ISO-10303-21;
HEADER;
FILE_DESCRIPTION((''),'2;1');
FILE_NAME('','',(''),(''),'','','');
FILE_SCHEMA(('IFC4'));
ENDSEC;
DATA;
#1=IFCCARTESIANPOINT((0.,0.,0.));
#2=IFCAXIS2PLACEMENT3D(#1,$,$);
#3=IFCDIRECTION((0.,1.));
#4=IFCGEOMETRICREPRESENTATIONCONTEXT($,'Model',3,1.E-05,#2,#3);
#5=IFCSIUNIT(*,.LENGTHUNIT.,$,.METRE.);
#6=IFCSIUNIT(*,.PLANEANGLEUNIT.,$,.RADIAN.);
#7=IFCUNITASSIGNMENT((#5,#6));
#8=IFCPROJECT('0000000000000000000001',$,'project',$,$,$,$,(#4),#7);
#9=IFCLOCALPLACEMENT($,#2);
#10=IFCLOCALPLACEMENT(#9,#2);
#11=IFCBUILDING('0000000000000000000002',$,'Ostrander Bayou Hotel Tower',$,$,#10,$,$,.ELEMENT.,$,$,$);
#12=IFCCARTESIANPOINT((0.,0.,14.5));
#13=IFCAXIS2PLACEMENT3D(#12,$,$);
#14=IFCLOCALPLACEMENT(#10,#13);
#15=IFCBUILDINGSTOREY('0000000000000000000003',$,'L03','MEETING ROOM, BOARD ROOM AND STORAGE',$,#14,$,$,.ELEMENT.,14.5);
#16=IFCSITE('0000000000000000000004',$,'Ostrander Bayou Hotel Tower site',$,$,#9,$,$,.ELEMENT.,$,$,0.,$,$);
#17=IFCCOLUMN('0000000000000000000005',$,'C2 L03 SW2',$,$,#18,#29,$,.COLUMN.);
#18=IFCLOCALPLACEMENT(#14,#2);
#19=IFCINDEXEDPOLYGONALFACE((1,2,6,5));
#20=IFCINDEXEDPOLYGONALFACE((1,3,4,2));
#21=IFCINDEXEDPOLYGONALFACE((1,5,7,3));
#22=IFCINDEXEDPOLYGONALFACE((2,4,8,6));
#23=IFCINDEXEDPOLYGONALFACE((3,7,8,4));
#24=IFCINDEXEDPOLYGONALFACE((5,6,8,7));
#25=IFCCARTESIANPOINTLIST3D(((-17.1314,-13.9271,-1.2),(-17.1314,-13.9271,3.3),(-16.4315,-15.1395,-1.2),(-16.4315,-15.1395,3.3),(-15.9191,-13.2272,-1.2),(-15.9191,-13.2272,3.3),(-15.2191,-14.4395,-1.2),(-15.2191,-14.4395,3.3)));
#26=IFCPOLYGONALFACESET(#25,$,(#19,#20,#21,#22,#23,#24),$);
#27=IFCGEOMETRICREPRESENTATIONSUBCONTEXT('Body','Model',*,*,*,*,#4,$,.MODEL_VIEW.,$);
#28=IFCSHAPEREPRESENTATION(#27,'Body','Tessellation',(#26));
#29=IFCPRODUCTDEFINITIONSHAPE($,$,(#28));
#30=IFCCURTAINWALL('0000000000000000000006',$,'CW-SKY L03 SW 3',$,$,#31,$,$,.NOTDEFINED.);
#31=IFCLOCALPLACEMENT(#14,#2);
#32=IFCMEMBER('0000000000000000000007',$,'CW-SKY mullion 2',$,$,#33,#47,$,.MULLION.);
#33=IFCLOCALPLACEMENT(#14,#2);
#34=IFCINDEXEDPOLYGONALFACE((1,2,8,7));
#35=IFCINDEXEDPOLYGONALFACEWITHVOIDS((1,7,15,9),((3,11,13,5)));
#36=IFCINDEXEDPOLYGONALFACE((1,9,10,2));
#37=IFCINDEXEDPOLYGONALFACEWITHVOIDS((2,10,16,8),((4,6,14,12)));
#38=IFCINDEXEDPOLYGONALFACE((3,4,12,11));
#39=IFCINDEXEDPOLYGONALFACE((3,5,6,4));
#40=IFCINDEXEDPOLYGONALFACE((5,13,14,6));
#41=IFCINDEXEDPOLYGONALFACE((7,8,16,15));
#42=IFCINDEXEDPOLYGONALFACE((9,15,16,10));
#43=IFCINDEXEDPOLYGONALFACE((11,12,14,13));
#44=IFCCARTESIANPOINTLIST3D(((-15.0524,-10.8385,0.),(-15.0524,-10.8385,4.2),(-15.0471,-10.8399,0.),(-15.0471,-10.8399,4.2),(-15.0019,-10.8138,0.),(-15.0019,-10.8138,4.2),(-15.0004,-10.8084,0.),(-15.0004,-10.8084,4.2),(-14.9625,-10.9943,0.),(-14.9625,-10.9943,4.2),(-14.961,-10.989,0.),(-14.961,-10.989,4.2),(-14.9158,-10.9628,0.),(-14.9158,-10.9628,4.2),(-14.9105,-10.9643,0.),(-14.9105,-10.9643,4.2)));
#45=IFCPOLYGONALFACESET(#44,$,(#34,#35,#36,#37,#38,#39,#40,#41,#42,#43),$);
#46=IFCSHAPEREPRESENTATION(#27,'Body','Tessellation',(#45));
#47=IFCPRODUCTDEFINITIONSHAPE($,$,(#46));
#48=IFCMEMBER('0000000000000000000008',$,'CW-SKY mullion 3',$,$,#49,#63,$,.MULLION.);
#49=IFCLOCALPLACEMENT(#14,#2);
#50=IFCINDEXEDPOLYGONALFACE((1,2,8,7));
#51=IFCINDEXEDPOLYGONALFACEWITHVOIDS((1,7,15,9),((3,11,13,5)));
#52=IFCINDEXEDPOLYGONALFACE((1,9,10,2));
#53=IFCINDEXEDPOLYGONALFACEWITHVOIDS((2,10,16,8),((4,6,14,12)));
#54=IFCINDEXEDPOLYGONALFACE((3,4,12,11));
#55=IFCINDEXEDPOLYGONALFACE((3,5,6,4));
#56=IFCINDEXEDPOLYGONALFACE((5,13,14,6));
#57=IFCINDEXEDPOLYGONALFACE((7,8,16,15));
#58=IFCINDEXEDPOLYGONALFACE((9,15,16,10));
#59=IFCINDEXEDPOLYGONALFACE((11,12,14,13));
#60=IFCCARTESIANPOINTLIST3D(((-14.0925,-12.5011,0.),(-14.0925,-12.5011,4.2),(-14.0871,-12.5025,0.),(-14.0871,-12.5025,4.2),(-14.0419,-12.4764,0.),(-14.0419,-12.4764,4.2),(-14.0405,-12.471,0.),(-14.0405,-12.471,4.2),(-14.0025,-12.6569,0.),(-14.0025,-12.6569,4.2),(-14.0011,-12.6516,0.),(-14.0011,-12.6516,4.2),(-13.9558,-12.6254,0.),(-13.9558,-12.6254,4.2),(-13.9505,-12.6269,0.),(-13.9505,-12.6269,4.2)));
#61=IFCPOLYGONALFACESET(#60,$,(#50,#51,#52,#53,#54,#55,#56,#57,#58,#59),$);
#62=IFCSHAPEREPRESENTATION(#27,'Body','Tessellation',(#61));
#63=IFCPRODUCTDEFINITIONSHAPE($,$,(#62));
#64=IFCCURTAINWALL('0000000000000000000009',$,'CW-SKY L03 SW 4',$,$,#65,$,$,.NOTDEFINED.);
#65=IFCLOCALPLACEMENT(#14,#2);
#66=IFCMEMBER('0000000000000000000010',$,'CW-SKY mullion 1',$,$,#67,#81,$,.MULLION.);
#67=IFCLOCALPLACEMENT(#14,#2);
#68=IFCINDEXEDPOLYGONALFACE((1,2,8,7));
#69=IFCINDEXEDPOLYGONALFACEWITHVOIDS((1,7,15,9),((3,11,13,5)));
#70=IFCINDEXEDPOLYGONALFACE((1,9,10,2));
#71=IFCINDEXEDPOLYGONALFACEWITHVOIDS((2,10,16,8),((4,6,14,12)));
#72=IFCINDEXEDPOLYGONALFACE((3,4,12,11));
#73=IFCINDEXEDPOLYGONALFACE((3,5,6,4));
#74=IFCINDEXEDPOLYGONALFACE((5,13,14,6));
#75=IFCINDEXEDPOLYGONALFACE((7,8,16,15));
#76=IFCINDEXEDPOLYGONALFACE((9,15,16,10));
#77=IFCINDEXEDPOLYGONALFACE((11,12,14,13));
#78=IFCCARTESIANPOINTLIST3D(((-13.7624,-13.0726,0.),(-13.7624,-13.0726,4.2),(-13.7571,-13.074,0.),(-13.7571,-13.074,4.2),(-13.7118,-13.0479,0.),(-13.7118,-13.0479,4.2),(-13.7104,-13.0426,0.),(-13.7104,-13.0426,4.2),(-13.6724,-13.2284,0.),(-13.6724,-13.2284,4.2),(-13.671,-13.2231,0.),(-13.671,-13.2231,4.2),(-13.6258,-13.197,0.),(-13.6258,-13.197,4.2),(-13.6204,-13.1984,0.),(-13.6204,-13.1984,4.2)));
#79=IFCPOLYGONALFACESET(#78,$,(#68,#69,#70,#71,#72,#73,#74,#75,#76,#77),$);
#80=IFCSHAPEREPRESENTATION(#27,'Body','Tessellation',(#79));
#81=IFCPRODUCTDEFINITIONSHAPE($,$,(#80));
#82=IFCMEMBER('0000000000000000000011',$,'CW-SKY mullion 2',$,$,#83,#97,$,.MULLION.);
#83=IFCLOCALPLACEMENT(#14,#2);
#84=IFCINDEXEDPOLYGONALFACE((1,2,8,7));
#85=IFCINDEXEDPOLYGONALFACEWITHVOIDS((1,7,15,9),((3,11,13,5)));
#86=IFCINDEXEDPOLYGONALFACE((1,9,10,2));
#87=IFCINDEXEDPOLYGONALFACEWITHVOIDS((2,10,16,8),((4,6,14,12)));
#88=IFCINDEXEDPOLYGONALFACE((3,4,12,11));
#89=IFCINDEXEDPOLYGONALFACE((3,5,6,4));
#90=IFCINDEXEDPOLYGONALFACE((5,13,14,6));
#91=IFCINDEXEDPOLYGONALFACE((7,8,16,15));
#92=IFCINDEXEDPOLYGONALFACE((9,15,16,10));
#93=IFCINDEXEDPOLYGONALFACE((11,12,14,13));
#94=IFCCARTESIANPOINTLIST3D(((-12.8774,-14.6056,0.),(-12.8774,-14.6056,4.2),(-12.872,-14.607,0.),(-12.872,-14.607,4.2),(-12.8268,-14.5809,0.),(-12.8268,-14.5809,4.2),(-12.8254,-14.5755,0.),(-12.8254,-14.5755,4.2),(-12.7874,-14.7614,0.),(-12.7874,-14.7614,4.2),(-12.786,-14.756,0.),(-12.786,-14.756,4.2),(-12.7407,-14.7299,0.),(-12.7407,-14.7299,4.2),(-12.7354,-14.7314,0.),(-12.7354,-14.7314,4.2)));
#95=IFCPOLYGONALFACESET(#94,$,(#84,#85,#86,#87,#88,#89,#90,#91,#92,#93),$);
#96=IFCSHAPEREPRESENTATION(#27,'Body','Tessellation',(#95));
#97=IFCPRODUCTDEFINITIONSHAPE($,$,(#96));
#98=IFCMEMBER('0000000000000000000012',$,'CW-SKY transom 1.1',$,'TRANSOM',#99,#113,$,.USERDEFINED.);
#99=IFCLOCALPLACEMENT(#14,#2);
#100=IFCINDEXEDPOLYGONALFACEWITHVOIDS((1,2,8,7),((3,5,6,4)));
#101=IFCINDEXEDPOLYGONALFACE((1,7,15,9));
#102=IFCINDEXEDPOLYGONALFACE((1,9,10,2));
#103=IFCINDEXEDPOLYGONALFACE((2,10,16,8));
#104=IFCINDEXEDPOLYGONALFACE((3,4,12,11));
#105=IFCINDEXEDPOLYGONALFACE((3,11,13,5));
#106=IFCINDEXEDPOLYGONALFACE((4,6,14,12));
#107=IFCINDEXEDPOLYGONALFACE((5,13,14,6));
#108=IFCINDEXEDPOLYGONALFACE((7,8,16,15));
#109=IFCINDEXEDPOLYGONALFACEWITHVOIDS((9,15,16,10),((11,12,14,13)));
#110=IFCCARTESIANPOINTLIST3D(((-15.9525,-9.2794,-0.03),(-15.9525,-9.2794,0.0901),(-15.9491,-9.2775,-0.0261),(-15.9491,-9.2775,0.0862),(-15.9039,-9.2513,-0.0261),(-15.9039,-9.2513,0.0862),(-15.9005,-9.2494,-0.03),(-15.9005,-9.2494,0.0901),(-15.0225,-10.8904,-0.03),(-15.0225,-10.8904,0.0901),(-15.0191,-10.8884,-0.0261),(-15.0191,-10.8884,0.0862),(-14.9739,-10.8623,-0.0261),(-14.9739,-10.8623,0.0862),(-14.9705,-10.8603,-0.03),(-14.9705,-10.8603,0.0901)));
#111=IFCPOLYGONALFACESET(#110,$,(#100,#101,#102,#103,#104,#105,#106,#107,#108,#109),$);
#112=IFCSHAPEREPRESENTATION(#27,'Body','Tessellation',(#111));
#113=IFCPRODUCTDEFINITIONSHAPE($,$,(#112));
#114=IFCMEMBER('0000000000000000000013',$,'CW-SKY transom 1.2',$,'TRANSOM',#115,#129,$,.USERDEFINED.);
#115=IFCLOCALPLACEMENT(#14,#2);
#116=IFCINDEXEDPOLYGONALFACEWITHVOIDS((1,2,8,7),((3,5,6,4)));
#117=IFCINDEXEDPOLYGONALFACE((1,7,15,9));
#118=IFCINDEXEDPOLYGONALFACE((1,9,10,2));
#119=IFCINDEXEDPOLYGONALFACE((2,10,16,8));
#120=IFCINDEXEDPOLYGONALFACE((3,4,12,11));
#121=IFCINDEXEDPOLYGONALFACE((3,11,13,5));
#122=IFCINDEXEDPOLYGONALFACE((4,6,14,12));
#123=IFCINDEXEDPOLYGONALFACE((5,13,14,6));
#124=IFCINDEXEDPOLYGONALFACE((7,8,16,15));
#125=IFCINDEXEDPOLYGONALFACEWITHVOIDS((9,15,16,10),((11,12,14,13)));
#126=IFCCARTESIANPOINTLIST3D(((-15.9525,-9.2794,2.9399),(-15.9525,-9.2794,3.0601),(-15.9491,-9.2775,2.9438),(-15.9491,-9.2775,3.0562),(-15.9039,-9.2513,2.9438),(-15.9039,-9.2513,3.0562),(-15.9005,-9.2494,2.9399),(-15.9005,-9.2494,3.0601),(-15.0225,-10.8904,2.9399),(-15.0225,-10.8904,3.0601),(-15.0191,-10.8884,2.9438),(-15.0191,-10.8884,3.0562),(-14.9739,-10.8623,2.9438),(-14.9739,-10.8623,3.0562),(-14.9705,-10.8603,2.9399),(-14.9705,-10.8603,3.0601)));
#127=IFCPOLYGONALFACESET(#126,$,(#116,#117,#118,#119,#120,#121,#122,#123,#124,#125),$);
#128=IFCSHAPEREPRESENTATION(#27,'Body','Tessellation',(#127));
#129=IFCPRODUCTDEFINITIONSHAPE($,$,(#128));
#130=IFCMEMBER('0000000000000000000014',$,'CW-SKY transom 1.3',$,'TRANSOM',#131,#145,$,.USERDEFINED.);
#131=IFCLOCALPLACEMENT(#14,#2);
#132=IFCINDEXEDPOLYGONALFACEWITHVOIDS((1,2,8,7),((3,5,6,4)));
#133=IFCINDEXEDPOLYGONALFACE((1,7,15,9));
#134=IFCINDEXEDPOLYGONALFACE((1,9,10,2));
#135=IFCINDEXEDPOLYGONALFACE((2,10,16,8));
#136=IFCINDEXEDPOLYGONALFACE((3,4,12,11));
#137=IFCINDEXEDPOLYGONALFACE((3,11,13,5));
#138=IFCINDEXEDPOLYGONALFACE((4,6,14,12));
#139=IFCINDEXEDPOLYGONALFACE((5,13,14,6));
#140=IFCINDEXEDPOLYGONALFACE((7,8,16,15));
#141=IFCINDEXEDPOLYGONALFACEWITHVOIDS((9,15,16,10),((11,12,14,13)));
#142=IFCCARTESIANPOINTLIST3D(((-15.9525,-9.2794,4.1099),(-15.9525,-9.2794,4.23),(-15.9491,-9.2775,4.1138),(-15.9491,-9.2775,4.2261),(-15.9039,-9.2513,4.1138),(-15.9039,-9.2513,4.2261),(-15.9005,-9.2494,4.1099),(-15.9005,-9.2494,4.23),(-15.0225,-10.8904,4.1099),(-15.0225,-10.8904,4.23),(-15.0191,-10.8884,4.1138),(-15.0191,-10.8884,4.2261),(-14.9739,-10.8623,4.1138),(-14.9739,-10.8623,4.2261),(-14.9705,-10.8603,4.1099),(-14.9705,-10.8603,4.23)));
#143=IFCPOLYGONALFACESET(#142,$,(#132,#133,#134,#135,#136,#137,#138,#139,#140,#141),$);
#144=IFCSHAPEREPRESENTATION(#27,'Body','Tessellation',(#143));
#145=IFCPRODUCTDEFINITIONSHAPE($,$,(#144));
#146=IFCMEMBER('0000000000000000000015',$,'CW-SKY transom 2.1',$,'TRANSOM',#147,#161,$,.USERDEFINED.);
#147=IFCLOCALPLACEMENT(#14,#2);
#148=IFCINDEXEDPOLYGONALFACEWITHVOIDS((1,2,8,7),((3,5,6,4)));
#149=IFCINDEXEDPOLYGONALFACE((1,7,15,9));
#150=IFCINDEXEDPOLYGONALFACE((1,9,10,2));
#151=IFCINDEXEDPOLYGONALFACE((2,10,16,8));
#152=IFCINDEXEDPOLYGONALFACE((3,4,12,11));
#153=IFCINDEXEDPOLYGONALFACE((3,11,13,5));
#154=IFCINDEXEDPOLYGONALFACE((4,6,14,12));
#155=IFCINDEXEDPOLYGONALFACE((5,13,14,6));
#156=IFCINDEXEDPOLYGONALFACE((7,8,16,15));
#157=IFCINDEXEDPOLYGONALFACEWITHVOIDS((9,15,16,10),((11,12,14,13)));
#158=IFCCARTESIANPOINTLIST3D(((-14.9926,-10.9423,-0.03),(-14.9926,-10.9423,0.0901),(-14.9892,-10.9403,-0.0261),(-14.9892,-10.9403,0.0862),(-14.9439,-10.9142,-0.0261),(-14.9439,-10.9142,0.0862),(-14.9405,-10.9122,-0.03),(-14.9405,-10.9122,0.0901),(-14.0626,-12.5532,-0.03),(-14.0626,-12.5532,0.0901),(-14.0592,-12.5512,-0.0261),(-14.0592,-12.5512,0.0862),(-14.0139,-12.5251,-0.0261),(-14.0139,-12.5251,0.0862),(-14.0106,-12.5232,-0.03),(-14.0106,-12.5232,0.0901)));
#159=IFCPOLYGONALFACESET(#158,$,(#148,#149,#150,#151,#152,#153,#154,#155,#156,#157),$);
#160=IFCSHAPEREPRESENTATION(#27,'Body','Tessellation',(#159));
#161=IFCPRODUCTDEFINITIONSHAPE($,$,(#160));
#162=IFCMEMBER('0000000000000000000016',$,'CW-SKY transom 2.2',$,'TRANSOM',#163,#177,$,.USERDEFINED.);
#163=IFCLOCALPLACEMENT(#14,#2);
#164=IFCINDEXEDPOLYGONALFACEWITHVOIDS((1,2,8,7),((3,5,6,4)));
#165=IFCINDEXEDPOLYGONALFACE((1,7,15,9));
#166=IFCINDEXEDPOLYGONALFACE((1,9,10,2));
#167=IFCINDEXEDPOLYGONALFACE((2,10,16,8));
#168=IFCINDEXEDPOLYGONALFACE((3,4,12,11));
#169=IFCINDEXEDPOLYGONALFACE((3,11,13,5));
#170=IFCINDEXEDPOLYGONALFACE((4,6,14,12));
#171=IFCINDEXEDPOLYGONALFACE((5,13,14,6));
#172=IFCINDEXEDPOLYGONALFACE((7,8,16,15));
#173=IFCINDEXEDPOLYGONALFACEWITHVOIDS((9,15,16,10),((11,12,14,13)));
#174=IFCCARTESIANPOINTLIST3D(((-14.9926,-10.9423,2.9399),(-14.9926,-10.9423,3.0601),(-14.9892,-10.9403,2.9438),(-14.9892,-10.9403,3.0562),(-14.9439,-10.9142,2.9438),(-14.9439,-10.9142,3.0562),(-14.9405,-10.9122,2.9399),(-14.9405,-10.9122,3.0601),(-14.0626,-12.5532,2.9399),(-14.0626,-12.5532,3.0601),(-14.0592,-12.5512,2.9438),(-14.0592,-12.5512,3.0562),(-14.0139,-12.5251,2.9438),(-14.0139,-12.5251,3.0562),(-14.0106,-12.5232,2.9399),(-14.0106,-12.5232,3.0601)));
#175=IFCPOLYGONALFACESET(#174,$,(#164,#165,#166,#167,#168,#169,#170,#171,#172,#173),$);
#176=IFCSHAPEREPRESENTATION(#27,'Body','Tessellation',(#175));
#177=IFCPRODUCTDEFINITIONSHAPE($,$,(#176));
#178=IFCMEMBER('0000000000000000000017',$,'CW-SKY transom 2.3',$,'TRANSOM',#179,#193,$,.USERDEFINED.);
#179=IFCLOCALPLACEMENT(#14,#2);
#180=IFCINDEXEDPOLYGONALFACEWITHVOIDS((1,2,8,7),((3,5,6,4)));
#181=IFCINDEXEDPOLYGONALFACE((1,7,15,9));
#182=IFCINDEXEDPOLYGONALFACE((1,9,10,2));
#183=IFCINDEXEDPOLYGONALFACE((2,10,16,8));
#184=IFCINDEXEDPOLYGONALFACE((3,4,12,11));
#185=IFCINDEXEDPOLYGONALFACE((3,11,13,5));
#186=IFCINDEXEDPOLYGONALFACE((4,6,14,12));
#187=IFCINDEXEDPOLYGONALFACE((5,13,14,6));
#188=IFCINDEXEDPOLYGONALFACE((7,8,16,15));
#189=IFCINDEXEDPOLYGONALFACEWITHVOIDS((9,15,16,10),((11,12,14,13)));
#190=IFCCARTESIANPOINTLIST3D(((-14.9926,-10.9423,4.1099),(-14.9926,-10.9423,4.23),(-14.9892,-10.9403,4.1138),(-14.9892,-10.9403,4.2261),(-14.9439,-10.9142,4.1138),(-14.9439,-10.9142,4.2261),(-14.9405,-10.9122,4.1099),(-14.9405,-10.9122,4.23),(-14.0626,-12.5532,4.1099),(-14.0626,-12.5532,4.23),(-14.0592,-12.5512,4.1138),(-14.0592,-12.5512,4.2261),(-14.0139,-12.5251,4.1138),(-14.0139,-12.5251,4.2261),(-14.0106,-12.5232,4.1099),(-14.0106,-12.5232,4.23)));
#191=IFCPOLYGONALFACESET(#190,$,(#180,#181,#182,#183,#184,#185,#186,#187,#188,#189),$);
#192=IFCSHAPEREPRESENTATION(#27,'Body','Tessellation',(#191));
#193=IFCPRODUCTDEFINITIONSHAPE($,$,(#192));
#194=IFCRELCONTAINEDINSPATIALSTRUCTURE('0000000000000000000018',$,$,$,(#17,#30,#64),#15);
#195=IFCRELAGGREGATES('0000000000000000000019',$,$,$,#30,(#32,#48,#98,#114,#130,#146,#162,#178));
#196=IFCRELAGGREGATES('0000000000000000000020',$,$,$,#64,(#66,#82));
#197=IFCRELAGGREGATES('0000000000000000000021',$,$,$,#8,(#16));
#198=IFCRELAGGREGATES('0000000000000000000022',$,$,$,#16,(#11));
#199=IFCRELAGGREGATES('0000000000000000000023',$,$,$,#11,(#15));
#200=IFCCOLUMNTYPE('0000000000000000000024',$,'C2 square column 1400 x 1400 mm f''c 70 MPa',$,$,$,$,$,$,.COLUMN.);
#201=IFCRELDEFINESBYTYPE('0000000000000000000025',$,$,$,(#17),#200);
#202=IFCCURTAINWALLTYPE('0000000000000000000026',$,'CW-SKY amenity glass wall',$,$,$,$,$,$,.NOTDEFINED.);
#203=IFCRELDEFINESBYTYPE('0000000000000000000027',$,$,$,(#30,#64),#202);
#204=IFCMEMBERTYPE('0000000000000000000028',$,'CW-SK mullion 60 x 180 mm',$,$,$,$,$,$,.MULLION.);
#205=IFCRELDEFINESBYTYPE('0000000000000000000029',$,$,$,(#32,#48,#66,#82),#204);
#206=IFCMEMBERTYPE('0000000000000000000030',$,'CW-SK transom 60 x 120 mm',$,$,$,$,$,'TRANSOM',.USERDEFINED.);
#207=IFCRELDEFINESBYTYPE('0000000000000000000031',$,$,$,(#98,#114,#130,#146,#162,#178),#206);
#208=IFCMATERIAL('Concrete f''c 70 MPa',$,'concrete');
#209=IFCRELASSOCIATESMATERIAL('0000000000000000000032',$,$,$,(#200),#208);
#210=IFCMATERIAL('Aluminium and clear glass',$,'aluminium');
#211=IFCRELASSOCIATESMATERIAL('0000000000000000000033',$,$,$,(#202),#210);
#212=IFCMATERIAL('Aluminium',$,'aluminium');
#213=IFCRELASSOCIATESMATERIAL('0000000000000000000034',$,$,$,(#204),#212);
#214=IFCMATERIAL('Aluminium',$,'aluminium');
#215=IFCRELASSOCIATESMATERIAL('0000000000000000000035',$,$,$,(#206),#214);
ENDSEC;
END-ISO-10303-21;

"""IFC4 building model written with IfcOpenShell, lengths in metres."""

from ifc_helpers import new_model, si_unit, direction, frame, origin, origin_2d, place, context, subcontext, project, spatial, rectangle, hollow_rectangle, extrude, material, material_profile, profile_set, type_object, element, aggregate, save


model = new_model("IFC4")

# Units and contexts
model_context = context("Model", 3, precision=1e-05, world=origin(), true_north=direction((0.0, 1.0)))
body_context = subcontext(model_context, "Body", "Model", "MODEL_VIEW")
ifc_project = project(units=[si_unit("LENGTHUNIT", "METRE"), si_unit("PLANEANGLEUNIT", "RADIAN")], contexts=[model_context])

# Site, building, storey
site_placement = place(None, origin())
site = spatial("IfcSite", under=ifc_project, at=site_placement, Name="Ostrander Bayou Hotel Tower site", CompositionType="ELEMENT", RefElevation=0.0)
building_placement = place(site_placement, origin())
building = spatial("IfcBuilding", under=site, at=building_placement, Name="Ostrander Bayou Hotel Tower", CompositionType="ELEMENT")
storey_placement = place(building_placement, frame((0.0, 0.0, 14.5)))
storey = spatial("IfcBuildingStorey", under=building, at=storey_placement, Name="L03", Description="MEETING ROOM, BOARD ROOM AND STORAGE", CompositionType="ELEMENT", Elevation=14.5)

# Column
ifc_material_1 = material(Name="Concrete f'c 70 MPa", Category="concrete")
ifc_material_profile_1 = material_profile(ifc_material_1, rectangle(XDim=1.3999, YDim=1.3999, at=origin_2d()))
ifc_profile_set_1 = profile_set([ifc_material_profile_1], Name="Concrete f'c 70 MPa")
column_type = type_object("IfcColumnType", Name="C2 square column 1400 x 1400 mm f'c 70 MPa", PredefinedType="COLUMN", material=ifc_profile_set_1)
column_placement = place(storey_placement, frame((-16.1753, -14.1833, -1.2), z_axis=(0.0, 0.0, 1.0), x_axis=(-0.5, 0.866025, 0.0)))
element("IfcColumn", 1, at=column_placement, inside=storey, type_object=column_type, Name="C2 L03 SW2", PredefinedType="COLUMN", context=body_context, shape_type="SweptSolid", body=[
    extrude(rectangle(XDim=1.3999, YDim=1.3999, at=origin_2d()), origin(), (0.0, 0.0, 1.0), 4.5),
])

# Curtain walls, members
ifc_material_2 = material(Name="Aluminium and clear glass", Category="aluminium")
curtain_wall_type = type_object("IfcCurtainWallType", Name="CW-SKY amenity glass wall", PredefinedType="NOTDEFINED", material=ifc_material_2)
curtain_wall_1_placement = place(storey_placement, origin())
curtain_wall_1 = element("IfcCurtainWall", 2, at=curtain_wall_1_placement, inside=storey, type_object=curtain_wall_type, Name="CW-SKY L03 SW 3", PredefinedType="NOTDEFINED")
ifc_material_3 = material(Name="Aluminium", Category="aluminium")
ifc_material_profile_2 = material_profile(ifc_material_3, hollow_rectangle(XDim=0.0601, YDim=0.1799, WallThickness=0.0039, at=origin_2d()))
ifc_profile_set_2 = profile_set([ifc_material_profile_2], Name="Aluminium")
member_type_1 = type_object("IfcMemberType", Name="CW-SK mullion 60 x 180 mm", PredefinedType="MULLION", material=ifc_profile_set_2)
member_1_placement = place(storey_placement, frame((-14.9814, -10.9014, 0.0), z_axis=(0.0, 0.0, 1.0), x_axis=(0.866025, 0.5, 0.0)))
member_1 = element("IfcMember", 3, at=member_1_placement, type_object=member_type_1, Name="CW-SKY mullion 2", PredefinedType="MULLION", context=body_context, shape_type="SweptSolid", body=[
    extrude(hollow_rectangle(XDim=0.0601, YDim=0.1799, WallThickness=0.0039, at=origin_2d()), origin(), (0.0, 0.0, 1.0), 4.2),
])
member_2_placement = place(storey_placement, frame((-14.0215, -12.564, 0.0), z_axis=(0.0, 0.0, 1.0), x_axis=(0.866025, 0.5, 0.0)))
member_2 = element("IfcMember", 4, at=member_2_placement, type_object=member_type_1, Name="CW-SKY mullion 3", PredefinedType="MULLION", context=body_context, shape_type="SweptSolid", body=[
    extrude(hollow_rectangle(XDim=0.0601, YDim=0.1799, WallThickness=0.0039, at=origin_2d()), origin(), (0.0, 0.0, 1.0), 4.2),
])
curtain_wall_2_placement = place(storey_placement, origin())
curtain_wall_2 = element("IfcCurtainWall", 5, at=curtain_wall_2_placement, inside=storey, type_object=curtain_wall_type, Name="CW-SKY L03 SW 4", PredefinedType="NOTDEFINED")
member_3_placement = place(storey_placement, frame((-13.6914, -13.1355, 0.0), z_axis=(0.0, 0.0, 1.0), x_axis=(0.866026, 0.499999, 0.0)))
member_3 = element("IfcMember", 6, at=member_3_placement, type_object=member_type_1, Name="CW-SKY mullion 1", PredefinedType="MULLION", context=body_context, shape_type="SweptSolid", body=[
    extrude(hollow_rectangle(XDim=0.0601, YDim=0.1799, WallThickness=0.0039, at=origin_2d()), origin(), (0.0, 0.0, 1.0), 4.2),
])
member_4_placement = place(storey_placement, frame((-12.8064, -14.6685, 0.0), z_axis=(0.0, 0.0, 1.0), x_axis=(0.866026, 0.499999, 0.0)))
member_4 = element("IfcMember", 7, at=member_4_placement, type_object=member_type_1, Name="CW-SKY mullion 2", PredefinedType="MULLION", context=body_context, shape_type="SweptSolid", body=[
    extrude(hollow_rectangle(XDim=0.0601, YDim=0.1799, WallThickness=0.0039, at=origin_2d()), origin(), (0.0, 0.0, 1.0), 4.2),
])

# Members
ifc_material_4 = material(Name="Aluminium", Category="aluminium")
ifc_material_profile_3 = material_profile(ifc_material_4, hollow_rectangle(XDim=0.0601, YDim=0.1201, WallThickness=0.0039, at=origin_2d()))
ifc_profile_set_3 = profile_set([ifc_material_profile_3], Name="Aluminium")
member_type_2 = type_object("IfcMemberType", Name="CW-SK transom 60 x 120 mm", ElementType="TRANSOM", PredefinedType="USERDEFINED", material=ifc_profile_set_3)
member_5_placement = place(storey_placement, frame((-15.9265, -9.2644, 0.03), z_axis=(0.499965, -0.866046, 0.0), x_axis=(0.866046, 0.499965, 0.0)))
member_5 = element("IfcMember", 8, at=member_5_placement, type_object=member_type_2, Name="CW-SKY transom 1.1", ObjectType="TRANSOM", PredefinedType="USERDEFINED", context=body_context, shape_type="SweptSolid", body=[
    extrude(hollow_rectangle(XDim=0.0601, YDim=0.1201, WallThickness=0.0039, at=origin_2d()), origin(), (0.0, 0.0, 1.0), 1.8601),
])
member_6_placement = place(storey_placement, frame((-15.9265, -9.2644, 3.0), z_axis=(0.499965, -0.866046, 0.0), x_axis=(0.866046, 0.499965, 0.0)))
member_6 = element("IfcMember", 9, at=member_6_placement, type_object=member_type_2, Name="CW-SKY transom 1.2", ObjectType="TRANSOM", PredefinedType="USERDEFINED", context=body_context, shape_type="SweptSolid", body=[
    extrude(hollow_rectangle(XDim=0.0601, YDim=0.1201, WallThickness=0.0039, at=origin_2d()), origin(), (0.0, 0.0, 1.0), 1.8601),
])
member_7_placement = place(storey_placement, frame((-15.9265, -9.2644, 4.1699), z_axis=(0.499965, -0.866046, 0.0), x_axis=(0.866046, 0.499965, 0.0)))
member_7 = element("IfcMember", 10, at=member_7_placement, type_object=member_type_2, Name="CW-SKY transom 1.3", ObjectType="TRANSOM", PredefinedType="USERDEFINED", context=body_context, shape_type="SweptSolid", body=[
    extrude(hollow_rectangle(XDim=0.0601, YDim=0.1201, WallThickness=0.0039, at=origin_2d()), origin(), (0.0, 0.0, 1.0), 1.8601),
])
member_8_placement = place(storey_placement, frame((-14.9666, -10.9272, 0.03), z_axis=(0.499965, -0.866046, 0.0), x_axis=(0.866046, 0.499965, 0.0)))
member_8 = element("IfcMember", 11, at=member_8_placement, type_object=member_type_2, Name="CW-SKY transom 2.1", ObjectType="TRANSOM", PredefinedType="USERDEFINED", context=body_context, shape_type="SweptSolid", body=[
    extrude(hollow_rectangle(XDim=0.0601, YDim=0.1201, WallThickness=0.0039, at=origin_2d()), origin(), (0.0, 0.0, 1.0), 1.8601),
])
member_9_placement = place(storey_placement, frame((-14.9666, -10.9272, 3.0), z_axis=(0.499965, -0.866046, 0.0), x_axis=(0.866046, 0.499965, 0.0)))
member_9 = element("IfcMember", 12, at=member_9_placement, type_object=member_type_2, Name="CW-SKY transom 2.2", ObjectType="TRANSOM", PredefinedType="USERDEFINED", context=body_context, shape_type="SweptSolid", body=[
    extrude(hollow_rectangle(XDim=0.0601, YDim=0.1201, WallThickness=0.0039, at=origin_2d()), origin(), (0.0, 0.0, 1.0), 1.8601),
])
member_10_placement = place(storey_placement, frame((-14.9666, -10.9272, 4.1699), z_axis=(0.499965, -0.866046, 0.0), x_axis=(0.866046, 0.499965, 0.0)))
member_10 = element("IfcMember", 13, at=member_10_placement, type_object=member_type_2, Name="CW-SKY transom 2.3", ObjectType="TRANSOM", PredefinedType="USERDEFINED", context=body_context, shape_type="SweptSolid", body=[
    extrude(hollow_rectangle(XDim=0.0601, YDim=0.1201, WallThickness=0.0039, at=origin_2d()), origin(), (0.0, 0.0, 1.0), 1.8601),
])

aggregate(curtain_wall_1, [member_1, member_2, member_5, member_6, member_7, member_8, member_9, member_10])
aggregate(curtain_wall_2, [member_3, member_4])

save(model, "model.ifc")
